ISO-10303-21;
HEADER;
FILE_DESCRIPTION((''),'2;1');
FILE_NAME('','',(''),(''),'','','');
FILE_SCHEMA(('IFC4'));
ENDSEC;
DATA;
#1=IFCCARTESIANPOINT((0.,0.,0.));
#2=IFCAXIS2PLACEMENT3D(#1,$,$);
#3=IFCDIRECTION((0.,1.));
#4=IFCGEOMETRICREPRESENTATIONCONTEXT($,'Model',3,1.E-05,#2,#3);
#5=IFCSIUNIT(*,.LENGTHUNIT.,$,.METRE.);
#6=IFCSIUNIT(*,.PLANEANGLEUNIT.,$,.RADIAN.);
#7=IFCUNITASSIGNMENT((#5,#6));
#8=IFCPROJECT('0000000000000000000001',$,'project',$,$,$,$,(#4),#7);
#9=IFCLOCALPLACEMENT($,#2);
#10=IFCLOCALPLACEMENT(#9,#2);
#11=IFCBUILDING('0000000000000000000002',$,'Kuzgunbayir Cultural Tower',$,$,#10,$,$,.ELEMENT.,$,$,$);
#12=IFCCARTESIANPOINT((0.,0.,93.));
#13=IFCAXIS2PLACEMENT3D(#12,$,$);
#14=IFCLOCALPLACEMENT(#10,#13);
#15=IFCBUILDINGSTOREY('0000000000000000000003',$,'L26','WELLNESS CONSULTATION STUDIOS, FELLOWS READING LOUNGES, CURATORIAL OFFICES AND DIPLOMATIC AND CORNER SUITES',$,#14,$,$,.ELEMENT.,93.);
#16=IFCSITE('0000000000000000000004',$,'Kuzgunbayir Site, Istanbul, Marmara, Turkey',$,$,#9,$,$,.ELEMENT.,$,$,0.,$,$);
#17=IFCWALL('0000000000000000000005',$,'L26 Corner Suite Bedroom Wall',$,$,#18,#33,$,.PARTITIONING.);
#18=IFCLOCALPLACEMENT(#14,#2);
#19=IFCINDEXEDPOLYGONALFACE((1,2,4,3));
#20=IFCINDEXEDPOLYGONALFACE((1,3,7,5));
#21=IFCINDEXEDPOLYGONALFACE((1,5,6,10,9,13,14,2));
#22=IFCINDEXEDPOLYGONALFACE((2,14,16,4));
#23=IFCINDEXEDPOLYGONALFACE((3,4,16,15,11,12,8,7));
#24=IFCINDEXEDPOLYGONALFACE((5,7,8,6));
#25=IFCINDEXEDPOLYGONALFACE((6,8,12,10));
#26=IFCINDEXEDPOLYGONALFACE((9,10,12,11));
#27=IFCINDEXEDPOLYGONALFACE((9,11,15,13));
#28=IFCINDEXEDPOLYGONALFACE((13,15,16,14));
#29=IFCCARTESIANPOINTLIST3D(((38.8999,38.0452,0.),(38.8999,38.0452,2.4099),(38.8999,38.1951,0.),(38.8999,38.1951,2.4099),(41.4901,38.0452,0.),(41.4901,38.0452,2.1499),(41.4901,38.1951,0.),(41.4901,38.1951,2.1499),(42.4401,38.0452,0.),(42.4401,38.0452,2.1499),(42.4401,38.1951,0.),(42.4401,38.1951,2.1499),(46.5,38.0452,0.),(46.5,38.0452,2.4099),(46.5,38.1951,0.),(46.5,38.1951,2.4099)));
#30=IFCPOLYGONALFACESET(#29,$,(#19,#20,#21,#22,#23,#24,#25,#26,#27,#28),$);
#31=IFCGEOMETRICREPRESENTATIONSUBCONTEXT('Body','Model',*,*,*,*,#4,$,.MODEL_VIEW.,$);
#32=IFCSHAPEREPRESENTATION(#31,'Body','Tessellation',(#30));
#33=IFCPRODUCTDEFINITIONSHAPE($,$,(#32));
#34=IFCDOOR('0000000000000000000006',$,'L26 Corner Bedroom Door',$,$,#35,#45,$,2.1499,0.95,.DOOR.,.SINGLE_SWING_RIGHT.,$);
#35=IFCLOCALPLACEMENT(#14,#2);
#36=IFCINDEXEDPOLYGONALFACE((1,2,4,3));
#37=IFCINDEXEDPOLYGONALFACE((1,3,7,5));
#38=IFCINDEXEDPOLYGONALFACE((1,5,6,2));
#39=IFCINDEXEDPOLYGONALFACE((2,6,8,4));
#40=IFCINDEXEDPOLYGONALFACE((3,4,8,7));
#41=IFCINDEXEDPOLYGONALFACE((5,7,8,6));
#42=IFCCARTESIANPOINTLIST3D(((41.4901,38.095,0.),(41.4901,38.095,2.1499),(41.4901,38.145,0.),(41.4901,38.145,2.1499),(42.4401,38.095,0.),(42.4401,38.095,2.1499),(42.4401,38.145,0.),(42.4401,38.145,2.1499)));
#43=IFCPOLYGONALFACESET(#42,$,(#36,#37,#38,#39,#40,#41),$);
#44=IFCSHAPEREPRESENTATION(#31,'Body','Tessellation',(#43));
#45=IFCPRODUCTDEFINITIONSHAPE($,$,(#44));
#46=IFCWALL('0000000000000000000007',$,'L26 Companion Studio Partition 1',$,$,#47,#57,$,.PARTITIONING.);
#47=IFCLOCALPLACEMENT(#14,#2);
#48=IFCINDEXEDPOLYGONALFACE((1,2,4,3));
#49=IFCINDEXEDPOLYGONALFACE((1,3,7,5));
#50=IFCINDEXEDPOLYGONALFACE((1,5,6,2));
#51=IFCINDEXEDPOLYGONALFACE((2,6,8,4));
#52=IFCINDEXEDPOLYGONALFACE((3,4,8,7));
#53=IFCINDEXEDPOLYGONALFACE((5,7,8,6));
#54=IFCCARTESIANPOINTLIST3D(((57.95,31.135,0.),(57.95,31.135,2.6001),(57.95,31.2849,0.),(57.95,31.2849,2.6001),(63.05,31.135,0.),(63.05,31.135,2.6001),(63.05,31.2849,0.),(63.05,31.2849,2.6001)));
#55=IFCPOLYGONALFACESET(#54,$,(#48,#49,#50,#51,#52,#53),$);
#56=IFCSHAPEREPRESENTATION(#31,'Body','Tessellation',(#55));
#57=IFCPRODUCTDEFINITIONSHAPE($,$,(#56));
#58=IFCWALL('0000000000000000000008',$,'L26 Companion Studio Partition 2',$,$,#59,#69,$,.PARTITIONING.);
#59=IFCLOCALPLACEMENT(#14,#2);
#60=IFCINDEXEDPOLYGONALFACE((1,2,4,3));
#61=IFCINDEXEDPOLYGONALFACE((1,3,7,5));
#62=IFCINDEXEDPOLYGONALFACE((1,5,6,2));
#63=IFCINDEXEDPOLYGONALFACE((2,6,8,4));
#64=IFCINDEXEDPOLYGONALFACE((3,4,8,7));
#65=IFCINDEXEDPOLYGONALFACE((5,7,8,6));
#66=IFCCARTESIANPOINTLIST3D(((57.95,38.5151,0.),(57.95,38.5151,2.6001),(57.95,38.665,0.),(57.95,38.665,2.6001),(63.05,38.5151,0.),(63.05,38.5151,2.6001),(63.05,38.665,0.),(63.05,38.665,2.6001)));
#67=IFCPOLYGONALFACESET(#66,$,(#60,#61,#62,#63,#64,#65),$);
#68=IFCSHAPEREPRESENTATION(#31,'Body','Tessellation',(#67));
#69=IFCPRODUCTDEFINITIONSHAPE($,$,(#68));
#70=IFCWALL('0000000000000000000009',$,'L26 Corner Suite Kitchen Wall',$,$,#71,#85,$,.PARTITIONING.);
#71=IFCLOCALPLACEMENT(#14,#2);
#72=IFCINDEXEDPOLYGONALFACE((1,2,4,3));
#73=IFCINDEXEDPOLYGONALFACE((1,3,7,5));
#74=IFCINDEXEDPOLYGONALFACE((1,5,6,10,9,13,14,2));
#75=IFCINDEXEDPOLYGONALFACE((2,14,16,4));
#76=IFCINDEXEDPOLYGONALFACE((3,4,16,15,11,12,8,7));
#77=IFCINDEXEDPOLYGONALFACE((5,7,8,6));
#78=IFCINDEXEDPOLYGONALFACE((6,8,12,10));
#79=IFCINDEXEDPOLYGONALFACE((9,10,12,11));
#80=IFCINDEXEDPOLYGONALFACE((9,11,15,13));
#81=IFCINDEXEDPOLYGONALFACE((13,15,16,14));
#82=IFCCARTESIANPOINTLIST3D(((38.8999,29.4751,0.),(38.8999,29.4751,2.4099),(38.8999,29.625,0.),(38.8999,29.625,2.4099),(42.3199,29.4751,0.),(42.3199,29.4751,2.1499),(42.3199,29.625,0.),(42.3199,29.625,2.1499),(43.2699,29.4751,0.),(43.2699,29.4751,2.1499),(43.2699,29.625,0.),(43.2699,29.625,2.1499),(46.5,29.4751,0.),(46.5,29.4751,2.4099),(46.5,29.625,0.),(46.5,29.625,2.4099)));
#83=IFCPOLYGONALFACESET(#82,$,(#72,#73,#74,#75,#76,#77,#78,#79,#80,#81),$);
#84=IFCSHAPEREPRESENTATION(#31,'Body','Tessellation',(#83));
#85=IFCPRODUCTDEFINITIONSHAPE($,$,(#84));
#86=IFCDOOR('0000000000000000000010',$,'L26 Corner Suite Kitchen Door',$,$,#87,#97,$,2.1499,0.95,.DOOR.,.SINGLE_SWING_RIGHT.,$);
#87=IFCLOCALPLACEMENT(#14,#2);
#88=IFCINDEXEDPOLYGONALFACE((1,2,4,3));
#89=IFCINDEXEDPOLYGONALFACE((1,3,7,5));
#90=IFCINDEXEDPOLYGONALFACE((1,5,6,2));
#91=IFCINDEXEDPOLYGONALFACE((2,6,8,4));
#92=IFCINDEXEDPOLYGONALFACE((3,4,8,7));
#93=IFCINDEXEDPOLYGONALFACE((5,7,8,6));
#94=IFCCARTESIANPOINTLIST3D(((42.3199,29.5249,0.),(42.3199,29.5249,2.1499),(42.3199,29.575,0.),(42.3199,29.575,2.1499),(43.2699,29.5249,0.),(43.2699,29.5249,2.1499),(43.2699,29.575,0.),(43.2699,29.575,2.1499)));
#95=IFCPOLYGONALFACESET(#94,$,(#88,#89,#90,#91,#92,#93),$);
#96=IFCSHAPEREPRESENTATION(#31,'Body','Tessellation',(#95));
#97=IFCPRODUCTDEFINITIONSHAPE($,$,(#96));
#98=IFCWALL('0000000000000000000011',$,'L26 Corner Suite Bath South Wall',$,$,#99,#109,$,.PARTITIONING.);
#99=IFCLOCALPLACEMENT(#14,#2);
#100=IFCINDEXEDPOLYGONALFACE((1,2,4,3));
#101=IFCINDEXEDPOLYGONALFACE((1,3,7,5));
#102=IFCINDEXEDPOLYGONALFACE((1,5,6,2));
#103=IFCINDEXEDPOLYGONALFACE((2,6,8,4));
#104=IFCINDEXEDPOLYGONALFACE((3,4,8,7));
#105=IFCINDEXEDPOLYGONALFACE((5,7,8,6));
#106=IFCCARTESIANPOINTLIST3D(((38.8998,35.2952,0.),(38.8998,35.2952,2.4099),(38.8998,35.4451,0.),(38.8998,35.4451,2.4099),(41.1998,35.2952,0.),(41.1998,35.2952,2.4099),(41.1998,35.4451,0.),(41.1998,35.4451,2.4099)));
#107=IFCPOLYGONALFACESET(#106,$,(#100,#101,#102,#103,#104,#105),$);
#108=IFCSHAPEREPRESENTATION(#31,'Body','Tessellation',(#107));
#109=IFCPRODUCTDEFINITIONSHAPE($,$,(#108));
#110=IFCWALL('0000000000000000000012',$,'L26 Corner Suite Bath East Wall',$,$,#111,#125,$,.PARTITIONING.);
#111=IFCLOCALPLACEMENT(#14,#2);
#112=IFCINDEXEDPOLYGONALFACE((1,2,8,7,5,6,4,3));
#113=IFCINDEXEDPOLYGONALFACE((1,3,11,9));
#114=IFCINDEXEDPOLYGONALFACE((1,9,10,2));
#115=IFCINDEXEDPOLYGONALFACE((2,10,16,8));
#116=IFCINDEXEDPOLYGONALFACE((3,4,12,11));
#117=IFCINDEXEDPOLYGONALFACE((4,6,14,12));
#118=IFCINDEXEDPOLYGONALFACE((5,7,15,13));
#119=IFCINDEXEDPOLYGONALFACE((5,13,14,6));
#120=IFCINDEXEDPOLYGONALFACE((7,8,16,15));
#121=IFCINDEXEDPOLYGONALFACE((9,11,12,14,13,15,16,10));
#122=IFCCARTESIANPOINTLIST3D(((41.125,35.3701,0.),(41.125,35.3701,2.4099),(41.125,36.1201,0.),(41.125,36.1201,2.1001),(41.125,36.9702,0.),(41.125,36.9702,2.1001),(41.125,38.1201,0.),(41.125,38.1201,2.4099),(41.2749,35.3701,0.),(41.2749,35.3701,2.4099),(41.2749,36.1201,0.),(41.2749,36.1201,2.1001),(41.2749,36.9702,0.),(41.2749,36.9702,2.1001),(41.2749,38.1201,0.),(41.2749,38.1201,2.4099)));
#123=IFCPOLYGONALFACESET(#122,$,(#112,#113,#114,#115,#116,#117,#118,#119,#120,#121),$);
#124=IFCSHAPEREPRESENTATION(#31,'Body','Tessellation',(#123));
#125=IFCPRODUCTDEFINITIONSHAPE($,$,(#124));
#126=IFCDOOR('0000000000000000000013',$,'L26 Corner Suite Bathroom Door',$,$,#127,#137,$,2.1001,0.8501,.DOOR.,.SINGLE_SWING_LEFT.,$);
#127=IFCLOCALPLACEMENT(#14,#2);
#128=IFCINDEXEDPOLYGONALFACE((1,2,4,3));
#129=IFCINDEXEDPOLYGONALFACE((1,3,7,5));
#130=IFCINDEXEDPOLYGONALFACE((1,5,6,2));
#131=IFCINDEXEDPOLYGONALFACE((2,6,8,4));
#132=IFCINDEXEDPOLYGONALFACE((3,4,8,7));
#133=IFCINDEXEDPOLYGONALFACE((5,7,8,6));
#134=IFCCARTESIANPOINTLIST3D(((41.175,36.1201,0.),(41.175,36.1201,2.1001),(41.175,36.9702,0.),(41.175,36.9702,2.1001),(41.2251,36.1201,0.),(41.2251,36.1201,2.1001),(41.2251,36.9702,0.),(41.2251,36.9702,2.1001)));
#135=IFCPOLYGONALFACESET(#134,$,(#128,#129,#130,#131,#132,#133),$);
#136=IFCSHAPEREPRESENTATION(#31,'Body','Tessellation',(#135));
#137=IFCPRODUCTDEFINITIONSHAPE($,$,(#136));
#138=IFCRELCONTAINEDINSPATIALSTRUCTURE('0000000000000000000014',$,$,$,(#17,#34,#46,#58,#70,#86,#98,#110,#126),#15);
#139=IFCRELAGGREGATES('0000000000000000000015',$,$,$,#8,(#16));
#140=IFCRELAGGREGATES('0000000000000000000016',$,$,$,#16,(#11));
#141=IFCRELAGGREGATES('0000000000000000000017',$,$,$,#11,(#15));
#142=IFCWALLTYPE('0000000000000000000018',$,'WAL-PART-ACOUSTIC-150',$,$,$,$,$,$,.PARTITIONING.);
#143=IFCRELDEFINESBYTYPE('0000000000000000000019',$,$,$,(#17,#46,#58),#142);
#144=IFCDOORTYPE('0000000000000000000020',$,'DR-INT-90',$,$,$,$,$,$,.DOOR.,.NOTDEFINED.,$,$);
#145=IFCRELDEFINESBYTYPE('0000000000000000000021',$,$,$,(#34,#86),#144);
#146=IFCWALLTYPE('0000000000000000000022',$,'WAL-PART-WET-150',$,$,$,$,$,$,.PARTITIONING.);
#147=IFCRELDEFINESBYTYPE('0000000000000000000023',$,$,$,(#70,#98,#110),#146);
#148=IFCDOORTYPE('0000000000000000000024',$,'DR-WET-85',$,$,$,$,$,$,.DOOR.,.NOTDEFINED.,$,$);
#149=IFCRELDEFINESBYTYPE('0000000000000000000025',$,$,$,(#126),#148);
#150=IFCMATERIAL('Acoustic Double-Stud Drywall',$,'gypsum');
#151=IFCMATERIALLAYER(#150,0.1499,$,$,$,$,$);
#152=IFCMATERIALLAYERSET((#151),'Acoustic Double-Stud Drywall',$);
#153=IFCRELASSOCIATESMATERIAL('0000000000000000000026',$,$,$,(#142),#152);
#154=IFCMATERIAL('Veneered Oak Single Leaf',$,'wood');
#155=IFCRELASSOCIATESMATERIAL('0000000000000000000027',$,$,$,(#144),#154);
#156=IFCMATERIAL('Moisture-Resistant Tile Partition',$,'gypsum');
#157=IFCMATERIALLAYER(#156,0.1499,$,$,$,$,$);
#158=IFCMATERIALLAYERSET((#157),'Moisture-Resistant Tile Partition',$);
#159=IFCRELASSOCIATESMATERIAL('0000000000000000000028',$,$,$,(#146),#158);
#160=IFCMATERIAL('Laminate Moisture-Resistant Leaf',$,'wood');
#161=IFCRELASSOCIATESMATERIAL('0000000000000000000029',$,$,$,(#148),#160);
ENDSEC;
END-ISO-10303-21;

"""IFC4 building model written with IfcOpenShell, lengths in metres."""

from ifc_helpers import new_model, si_unit, direction, frame, frame_2d, origin, place, context, subcontext, project, spatial, rectangle, extrude, material, layer, layer_set, type_object, element, fill, save


model = new_model("IFC4")

# Units and contexts
model_context = context("Model", 3, precision=1e-05, world=origin(), true_north=direction((0.0, 1.0)))
body_context = subcontext(model_context, "Body", "Model", "MODEL_VIEW")
ifc_project = project(units=[si_unit("LENGTHUNIT", "METRE"), si_unit("PLANEANGLEUNIT", "RADIAN")], contexts=[model_context])

# Site, building, storey
site_placement = place(None, origin())
site = spatial("IfcSite", under=ifc_project, at=site_placement, Name="Kuzgunbayir Site, Istanbul, Marmara, Turkey", CompositionType="ELEMENT", RefElevation=0.0)
building_placement = place(site_placement, origin())
building = spatial("IfcBuilding", under=site, at=building_placement, Name="Kuzgunbayir Cultural Tower", CompositionType="ELEMENT")
storey_placement = place(building_placement, frame((0.0, 0.0, 93.0)))
storey = spatial("IfcBuildingStorey", under=building, at=storey_placement, Name="L26", Description="WELLNESS CONSULTATION STUDIOS, FELLOWS READING LOUNGES, CURATORIAL OFFICES AND DIPLOMATIC AND CORNER SUITES", CompositionType="ELEMENT", Elevation=93.0)

# Wall, opening, door
ifc_material_1 = material(Name="Acoustic Double-Stud Drywall", Category="gypsum")
ifc_layer_1 = layer(ifc_material_1, 0.1499)
ifc_layer_set_1 = layer_set([ifc_layer_1], Name="Acoustic Double-Stud Drywall")
wall_type_1 = type_object("IfcWallType", Name="WAL-PART-ACOUSTIC-150", PredefinedType="PARTITIONING", material=ifc_layer_set_1)
wall_1_placement = place(storey_placement, frame((38.8999, 38.1201, 0.0), z_axis=(0.0, 0.0, 1.0), x_axis=(1.0, 0.0, 0.0)))
wall_1 = element("IfcWall", 1, at=wall_1_placement, inside=storey, type_object=wall_type_1, Name="L26 Corner Suite Bedroom Wall", PredefinedType="PARTITIONING", context=body_context, shape_type="SweptSolid", body=[
    extrude(rectangle(XDim=7.6001, YDim=0.1499, at=frame_2d((3.8, 0.0))), origin(), (0.0, 0.0, 1.0), 2.4099),
])
opening_1_placement = place(wall_1_placement, frame((2.5901, 0.0, 0.0)))
opening_1 = element("IfcOpeningElement", 2, at=opening_1_placement, cuts=wall_1, PredefinedType="OPENING", context=body_context, shape_type="SweptSolid", body=[
    extrude(rectangle(XDim=0.95, YDim=2.1499, at=frame_2d((0.4751, 1.075))), frame((0.0, 0.085, 0.0), z_axis=(0.0, -1.0, 0.0), x_axis=(1.0, 0.0, 0.0)), (0.0, 0.0, 1.0), 0.1699),
])
ifc_material_2 = material(Name="Veneered Oak Single Leaf", Category="wood")
door_type_1 = type_object("IfcDoorType", Name="DR-INT-90", OperationType="NOTDEFINED", PredefinedType="DOOR", material=ifc_material_2)
door_1_placement = place(opening_1_placement, origin())
door_1 = element("IfcDoor", 3, at=door_1_placement, inside=storey, type_object=door_type_1, Name="L26 Corner Bedroom Door", OperationType="SINGLE_SWING_RIGHT", OverallHeight=2.1499, OverallWidth=0.95, PredefinedType="DOOR", context=body_context, shape_type="SweptSolid", body=[
    extrude(rectangle(XDim=0.95, YDim=2.1499, at=frame_2d((0.4751, 1.075))), frame((0.0, 0.0249, 0.0), z_axis=(0.0, -1.0, 0.0), x_axis=(1.0, 0.0, 0.0)), (0.0, 0.0, 1.0), 0.05),
])
fill(opening_1, door_1)

# Walls
for number, where, z_axis, x_axis, name in (
    (4, (57.95, 31.21, 0.0), (0.0, 0.0, 1.0), (1.0, 0.0, 0.0), "L26 Companion Studio Partition 1"),
    (5, (57.95, 38.5901, 0.0), (0.0, 0.0, 1.0), (1.0, 0.0, 0.0), "L26 Companion Studio Partition 2"),
):
    element("IfcWall", number, at=place(storey_placement, frame(where, z_axis=z_axis, x_axis=x_axis)), inside=storey, type_object=wall_type_1, Name=name, PredefinedType="PARTITIONING", context=body_context, shape_type="SweptSolid", body=[
        extrude(rectangle(XDim=5.1001, YDim=0.1499, at=frame_2d((2.55, 0.0))), origin(), (0.0, 0.0, 1.0), 2.6001),
    ])

# Wall, opening, door
ifc_material_3 = material(Name="Moisture-Resistant Tile Partition", Category="gypsum")
ifc_layer_2 = layer(ifc_material_3, 0.1499)
ifc_layer_set_2 = layer_set([ifc_layer_2], Name="Moisture-Resistant Tile Partition")
wall_type_2 = type_object("IfcWallType", Name="WAL-PART-WET-150", PredefinedType="PARTITIONING", material=ifc_layer_set_2)
wall_2_placement = place(storey_placement, frame((38.8999, 29.55, 0.0), z_axis=(0.0, 0.0, 1.0), x_axis=(1.0, 0.0, 0.0)))
wall_2 = element("IfcWall", 6, at=wall_2_placement, inside=storey, type_object=wall_type_2, Name="L26 Corner Suite Kitchen Wall", PredefinedType="PARTITIONING", context=body_context, shape_type="SweptSolid", body=[
    extrude(rectangle(XDim=7.6001, YDim=0.1499, at=frame_2d((3.8, 0.0))), origin(), (0.0, 0.0, 1.0), 2.4099),
])
opening_2_placement = place(wall_2_placement, frame((3.4199, 0.0, 0.0)))
opening_2 = element("IfcOpeningElement", 7, at=opening_2_placement, cuts=wall_2, PredefinedType="OPENING", context=body_context, shape_type="SweptSolid", body=[
    extrude(rectangle(XDim=0.95, YDim=2.1499, at=frame_2d((0.4751, 1.075))), frame((0.0, 0.085, 0.0), z_axis=(0.0, -1.0, 0.0), x_axis=(1.0, 0.0, 0.0)), (0.0, 0.0, 1.0), 0.1699),
])
door_2_placement = place(opening_2_placement, origin())
door_2 = element("IfcDoor", 8, at=door_2_placement, inside=storey, type_object=door_type_1, Name="L26 Corner Suite Kitchen Door", OperationType="SINGLE_SWING_RIGHT", OverallHeight=2.1499, OverallWidth=0.95, PredefinedType="DOOR", context=body_context, shape_type="SweptSolid", body=[
    extrude(rectangle(XDim=0.95, YDim=2.1499, at=frame_2d((0.4751, 1.075))), frame((0.0, 0.0249, 0.0), z_axis=(0.0, -1.0, 0.0), x_axis=(1.0, 0.0, 0.0)), (0.0, 0.0, 1.0), 0.05),
])
fill(opening_2, door_2)

# Wall
wall_3_placement = place(storey_placement, frame((38.8999, 35.3701, 0.0), z_axis=(0.0, 0.0, 1.0), x_axis=(1.0, 0.0, 0.0)))
element("IfcWall", 9, at=wall_3_placement, inside=storey, type_object=wall_type_2, Name="L26 Corner Suite Bath South Wall", PredefinedType="PARTITIONING", context=body_context, shape_type="SweptSolid", body=[
    extrude(rectangle(XDim=2.3, YDim=0.1499, at=frame_2d((1.1499, 0.0))), origin(), (0.0, 0.0, 1.0), 2.4099),
])

# Wall, opening, door
wall_4_placement = place(storey_placement, frame((41.2, 35.3701, 0.0), z_axis=(0.0, 0.0, 1.0), x_axis=(0.0, 1.0, 0.0)))
wall_4 = element("IfcWall", 10, at=wall_4_placement, inside=storey, type_object=wall_type_2, Name="L26 Corner Suite Bath East Wall", PredefinedType="PARTITIONING", context=body_context, shape_type="SweptSolid", body=[
    extrude(rectangle(XDim=2.75, YDim=0.1499, at=frame_2d((1.375, 0.0))), origin(), (0.0, 0.0, 1.0), 2.4099),
])
opening_3_placement = place(wall_4_placement, frame((0.75, 0.0, 0.0)))
opening_3 = element("IfcOpeningElement", 11, at=opening_3_placement, cuts=wall_4, PredefinedType="OPENING", context=body_context, shape_type="SweptSolid", body=[
    extrude(rectangle(XDim=0.8501, YDim=2.1001, at=frame_2d((0.425, 1.05))), frame((0.0, 0.085, 0.0), z_axis=(0.0, -1.0, 0.0), x_axis=(1.0, 0.0, 0.0)), (0.0, 0.0, 1.0), 0.1699),
])
ifc_material_4 = material(Name="Laminate Moisture-Resistant Leaf", Category="wood")
door_type_2 = type_object("IfcDoorType", Name="DR-WET-85", OperationType="NOTDEFINED", PredefinedType="DOOR", material=ifc_material_4)
door_3_placement = place(opening_3_placement, origin())
door_3 = element("IfcDoor", 12, at=door_3_placement, inside=storey, type_object=door_type_2, Name="L26 Corner Suite Bathroom Door", OperationType="SINGLE_SWING_LEFT", OverallHeight=2.1001, OverallWidth=0.8501, PredefinedType="DOOR", context=body_context, shape_type="SweptSolid", body=[
    extrude(rectangle(XDim=0.8501, YDim=2.1001, at=frame_2d((0.425, 1.05))), frame((0.0, 0.0249, 0.0), z_axis=(0.0, -1.0, 0.0), x_axis=(1.0, 0.0, 0.0)), (0.0, 0.0, 1.0), 0.05),
])
fill(opening_3, door_3)

save(model, "model.ifc")
